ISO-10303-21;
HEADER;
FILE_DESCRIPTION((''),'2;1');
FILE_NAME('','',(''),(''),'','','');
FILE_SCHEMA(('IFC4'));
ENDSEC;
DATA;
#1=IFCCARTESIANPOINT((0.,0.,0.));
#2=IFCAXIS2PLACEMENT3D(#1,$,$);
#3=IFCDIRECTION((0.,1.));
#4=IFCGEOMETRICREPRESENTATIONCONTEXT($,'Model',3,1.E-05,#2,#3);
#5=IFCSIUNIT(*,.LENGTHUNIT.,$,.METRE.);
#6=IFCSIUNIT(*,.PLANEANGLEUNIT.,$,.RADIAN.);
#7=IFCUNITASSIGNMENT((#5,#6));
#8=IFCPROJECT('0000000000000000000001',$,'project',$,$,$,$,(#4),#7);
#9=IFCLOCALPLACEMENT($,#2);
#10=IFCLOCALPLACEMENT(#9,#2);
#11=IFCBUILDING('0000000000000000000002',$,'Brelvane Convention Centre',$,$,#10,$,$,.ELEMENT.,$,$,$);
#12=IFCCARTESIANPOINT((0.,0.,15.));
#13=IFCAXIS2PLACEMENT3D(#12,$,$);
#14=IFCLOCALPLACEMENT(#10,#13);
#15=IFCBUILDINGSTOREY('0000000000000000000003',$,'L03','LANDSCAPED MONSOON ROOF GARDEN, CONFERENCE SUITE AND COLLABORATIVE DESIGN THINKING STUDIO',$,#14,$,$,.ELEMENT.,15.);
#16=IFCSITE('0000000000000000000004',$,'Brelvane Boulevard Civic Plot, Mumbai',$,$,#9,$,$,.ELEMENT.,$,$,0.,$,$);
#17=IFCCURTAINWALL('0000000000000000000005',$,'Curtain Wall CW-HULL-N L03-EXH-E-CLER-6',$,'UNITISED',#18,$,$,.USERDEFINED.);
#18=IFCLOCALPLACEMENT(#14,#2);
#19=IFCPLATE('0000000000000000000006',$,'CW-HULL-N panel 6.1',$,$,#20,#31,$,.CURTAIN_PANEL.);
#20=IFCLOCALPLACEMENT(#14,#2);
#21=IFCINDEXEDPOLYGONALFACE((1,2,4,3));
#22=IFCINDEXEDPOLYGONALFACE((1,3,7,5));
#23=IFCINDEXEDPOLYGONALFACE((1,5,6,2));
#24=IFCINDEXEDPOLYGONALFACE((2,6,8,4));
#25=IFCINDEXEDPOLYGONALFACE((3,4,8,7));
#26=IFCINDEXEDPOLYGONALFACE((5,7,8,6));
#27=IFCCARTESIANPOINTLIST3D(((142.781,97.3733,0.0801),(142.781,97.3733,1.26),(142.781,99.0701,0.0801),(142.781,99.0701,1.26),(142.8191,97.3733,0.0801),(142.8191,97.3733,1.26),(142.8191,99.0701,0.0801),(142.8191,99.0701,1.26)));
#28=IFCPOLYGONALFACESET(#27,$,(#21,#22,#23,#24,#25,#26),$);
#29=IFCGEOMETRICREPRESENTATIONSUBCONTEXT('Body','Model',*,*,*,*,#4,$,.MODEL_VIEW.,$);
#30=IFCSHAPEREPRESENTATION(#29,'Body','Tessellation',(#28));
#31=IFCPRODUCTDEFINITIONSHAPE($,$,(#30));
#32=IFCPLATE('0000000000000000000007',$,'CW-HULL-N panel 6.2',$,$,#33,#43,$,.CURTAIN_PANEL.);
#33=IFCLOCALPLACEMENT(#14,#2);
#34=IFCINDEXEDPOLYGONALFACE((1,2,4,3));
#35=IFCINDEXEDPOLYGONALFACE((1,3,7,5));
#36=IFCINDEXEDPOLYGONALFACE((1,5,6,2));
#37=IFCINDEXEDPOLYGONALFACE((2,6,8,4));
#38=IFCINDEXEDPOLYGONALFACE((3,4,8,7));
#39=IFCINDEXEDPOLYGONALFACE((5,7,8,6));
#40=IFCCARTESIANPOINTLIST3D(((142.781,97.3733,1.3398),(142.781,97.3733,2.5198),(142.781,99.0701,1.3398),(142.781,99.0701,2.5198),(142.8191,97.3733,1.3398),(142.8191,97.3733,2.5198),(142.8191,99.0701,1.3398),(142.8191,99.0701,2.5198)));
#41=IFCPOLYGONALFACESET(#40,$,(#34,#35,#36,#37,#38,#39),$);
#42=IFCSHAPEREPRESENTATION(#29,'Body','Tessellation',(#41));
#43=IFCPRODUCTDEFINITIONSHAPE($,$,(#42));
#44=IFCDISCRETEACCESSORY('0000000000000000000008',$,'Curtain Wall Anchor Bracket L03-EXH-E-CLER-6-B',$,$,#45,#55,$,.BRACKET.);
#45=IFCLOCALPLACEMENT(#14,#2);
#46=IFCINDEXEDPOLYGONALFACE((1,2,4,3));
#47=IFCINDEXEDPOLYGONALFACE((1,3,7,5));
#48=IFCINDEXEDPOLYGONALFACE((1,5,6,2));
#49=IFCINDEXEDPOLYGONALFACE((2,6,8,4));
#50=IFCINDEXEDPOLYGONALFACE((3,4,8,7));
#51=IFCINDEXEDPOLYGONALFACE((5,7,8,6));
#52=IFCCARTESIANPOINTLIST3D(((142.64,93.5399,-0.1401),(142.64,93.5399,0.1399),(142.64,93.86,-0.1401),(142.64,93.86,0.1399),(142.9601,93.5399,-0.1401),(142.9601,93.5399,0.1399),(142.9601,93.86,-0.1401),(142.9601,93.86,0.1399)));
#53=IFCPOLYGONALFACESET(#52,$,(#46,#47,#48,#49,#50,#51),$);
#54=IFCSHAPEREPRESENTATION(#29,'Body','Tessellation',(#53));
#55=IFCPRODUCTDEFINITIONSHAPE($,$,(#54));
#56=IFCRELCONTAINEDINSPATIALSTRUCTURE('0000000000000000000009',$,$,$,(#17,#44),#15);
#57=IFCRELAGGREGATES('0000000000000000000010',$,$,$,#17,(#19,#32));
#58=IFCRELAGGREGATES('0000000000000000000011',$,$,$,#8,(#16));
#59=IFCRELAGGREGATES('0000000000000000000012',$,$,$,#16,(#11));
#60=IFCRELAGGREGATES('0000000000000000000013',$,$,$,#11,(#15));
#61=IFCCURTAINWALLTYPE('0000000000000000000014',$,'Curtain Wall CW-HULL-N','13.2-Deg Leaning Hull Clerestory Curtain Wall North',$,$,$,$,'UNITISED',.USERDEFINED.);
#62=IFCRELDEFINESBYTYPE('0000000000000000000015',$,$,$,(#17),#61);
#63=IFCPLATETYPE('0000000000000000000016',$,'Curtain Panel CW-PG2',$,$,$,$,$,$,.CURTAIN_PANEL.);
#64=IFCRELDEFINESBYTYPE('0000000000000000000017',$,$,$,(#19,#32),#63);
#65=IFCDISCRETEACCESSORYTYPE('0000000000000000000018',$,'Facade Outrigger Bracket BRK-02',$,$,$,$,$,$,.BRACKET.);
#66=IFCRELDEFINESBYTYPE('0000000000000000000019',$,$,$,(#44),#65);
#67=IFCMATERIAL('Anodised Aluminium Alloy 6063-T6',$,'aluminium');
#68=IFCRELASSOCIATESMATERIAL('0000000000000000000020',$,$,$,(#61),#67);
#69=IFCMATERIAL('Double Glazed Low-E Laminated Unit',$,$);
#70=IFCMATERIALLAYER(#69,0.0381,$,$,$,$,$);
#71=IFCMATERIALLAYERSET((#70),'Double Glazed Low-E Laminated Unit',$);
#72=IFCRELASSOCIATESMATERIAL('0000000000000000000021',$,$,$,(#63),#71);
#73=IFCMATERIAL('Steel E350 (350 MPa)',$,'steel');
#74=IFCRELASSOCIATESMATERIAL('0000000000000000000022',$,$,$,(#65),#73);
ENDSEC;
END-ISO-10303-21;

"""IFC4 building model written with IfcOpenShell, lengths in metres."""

from ifc_helpers import new_model, si_unit, direction, frame, origin, origin_2d, place, context, subcontext, project, spatial, rectangle, extrude, material, layer, layer_set, type_object, element, aggregate, save


model = new_model("IFC4")

# Units and contexts
model_context = context("Model", 3, precision=1e-05, world=origin(), true_north=direction((0.0, 1.0)))
body_context = subcontext(model_context, "Body", "Model", "MODEL_VIEW")
ifc_project = project(units=[si_unit("LENGTHUNIT", "METRE"), si_unit("PLANEANGLEUNIT", "RADIAN")], contexts=[model_context])

# Site, building, storey
site_placement = place(None, origin())
site = spatial("IfcSite", under=ifc_project, at=site_placement, Name="Brelvane Boulevard Civic Plot, Mumbai", CompositionType="ELEMENT", RefElevation=0.0)
building_placement = place(site_placement, origin())
building = spatial("IfcBuilding", under=site, at=building_placement, Name="Brelvane Convention Centre", CompositionType="ELEMENT")
storey_placement = place(building_placement, frame((0.0, 0.0, 15.0)))
storey = spatial("IfcBuildingStorey", under=building, at=storey_placement, Name="L03", Description="LANDSCAPED MONSOON ROOF GARDEN, CONFERENCE SUITE AND COLLABORATIVE DESIGN THINKING STUDIO", CompositionType="ELEMENT", Elevation=15.0)

# Curtain wall, plates
ifc_material_1 = material(Name="Anodised Aluminium Alloy 6063-T6", Category="aluminium")
curtain_wall_type = type_object("IfcCurtainWallType", Name="Curtain Wall CW-HULL-N", Description="13.2-Deg Leaning Hull Clerestory Curtain Wall North", ElementType="UNITISED", PredefinedType="USERDEFINED", material=ifc_material_1)
curtain_wall_placement = place(storey_placement, origin())
curtain_wall = element("IfcCurtainWall", 1, at=curtain_wall_placement, inside=storey, type_object=curtain_wall_type, Name="Curtain Wall CW-HULL-N L03-EXH-E-CLER-6", ObjectType="UNITISED", PredefinedType="USERDEFINED")
ifc_material_2 = material(Name="Double Glazed Low-E Laminated Unit")
ifc_layer = layer(ifc_material_2, 0.0381)
ifc_layer_set = layer_set([ifc_layer], Name="Double Glazed Low-E Laminated Unit")
plate_type = type_object("IfcPlateType", Name="Curtain Panel CW-PG2", PredefinedType="CURTAIN_PANEL", material=ifc_layer_set)
plate_1_placement = place(storey_placement, frame((142.8, 98.2217, 0.0801), z_axis=(0.0, 0.0, 1.0), x_axis=(0.0, 1.0, 0.0)))
plate_1 = element("IfcPlate", 2, at=plate_1_placement, type_object=plate_type, Name="CW-HULL-N panel 6.1", PredefinedType="CURTAIN_PANEL", context=body_context, shape_type="SweptSolid", body=[
    extrude(rectangle(XDim=1.6968, YDim=0.0381, at=origin_2d()), origin(), (0.0, 0.0, 1.0), 1.1799),
])
plate_2_placement = place(storey_placement, frame((142.8, 98.2217, 1.3398), z_axis=(0.0, 0.0, 1.0), x_axis=(0.0, 1.0, 0.0)))
plate_2 = element("IfcPlate", 3, at=plate_2_placement, type_object=plate_type, Name="CW-HULL-N panel 6.2", PredefinedType="CURTAIN_PANEL", context=body_context, shape_type="SweptSolid", body=[
    extrude(rectangle(XDim=1.6968, YDim=0.0381, at=origin_2d()), origin(), (0.0, 0.0, 1.0), 1.1799),
])
aggregate(curtain_wall, [plate_1, plate_2])

# Discrete accessory
ifc_material_3 = material(Name="Steel E350 (350 MPa)", Category="steel")
discrete_accessory_type = type_object("IfcDiscreteAccessoryType", Name="Facade Outrigger Bracket BRK-02", PredefinedType="BRACKET", material=ifc_material_3)
discrete_accessory_placement = place(storey_placement, frame((142.8, 93.7, -0.1401), z_axis=(0.0, 0.0, 1.0), x_axis=(1.0, 0.0, 0.0)))
element("IfcDiscreteAccessory", 4, at=discrete_accessory_placement, inside=storey, type_object=discrete_accessory_type, Name="Curtain Wall Anchor Bracket L03-EXH-E-CLER-6-B", PredefinedType="BRACKET", context=body_context, shape_type="SweptSolid", body=[
    extrude(rectangle(XDim=0.3201, YDim=0.3201, at=origin_2d()), origin(), (0.0, 0.0, 1.0), 0.28),
])

save(model, "model.ifc")
